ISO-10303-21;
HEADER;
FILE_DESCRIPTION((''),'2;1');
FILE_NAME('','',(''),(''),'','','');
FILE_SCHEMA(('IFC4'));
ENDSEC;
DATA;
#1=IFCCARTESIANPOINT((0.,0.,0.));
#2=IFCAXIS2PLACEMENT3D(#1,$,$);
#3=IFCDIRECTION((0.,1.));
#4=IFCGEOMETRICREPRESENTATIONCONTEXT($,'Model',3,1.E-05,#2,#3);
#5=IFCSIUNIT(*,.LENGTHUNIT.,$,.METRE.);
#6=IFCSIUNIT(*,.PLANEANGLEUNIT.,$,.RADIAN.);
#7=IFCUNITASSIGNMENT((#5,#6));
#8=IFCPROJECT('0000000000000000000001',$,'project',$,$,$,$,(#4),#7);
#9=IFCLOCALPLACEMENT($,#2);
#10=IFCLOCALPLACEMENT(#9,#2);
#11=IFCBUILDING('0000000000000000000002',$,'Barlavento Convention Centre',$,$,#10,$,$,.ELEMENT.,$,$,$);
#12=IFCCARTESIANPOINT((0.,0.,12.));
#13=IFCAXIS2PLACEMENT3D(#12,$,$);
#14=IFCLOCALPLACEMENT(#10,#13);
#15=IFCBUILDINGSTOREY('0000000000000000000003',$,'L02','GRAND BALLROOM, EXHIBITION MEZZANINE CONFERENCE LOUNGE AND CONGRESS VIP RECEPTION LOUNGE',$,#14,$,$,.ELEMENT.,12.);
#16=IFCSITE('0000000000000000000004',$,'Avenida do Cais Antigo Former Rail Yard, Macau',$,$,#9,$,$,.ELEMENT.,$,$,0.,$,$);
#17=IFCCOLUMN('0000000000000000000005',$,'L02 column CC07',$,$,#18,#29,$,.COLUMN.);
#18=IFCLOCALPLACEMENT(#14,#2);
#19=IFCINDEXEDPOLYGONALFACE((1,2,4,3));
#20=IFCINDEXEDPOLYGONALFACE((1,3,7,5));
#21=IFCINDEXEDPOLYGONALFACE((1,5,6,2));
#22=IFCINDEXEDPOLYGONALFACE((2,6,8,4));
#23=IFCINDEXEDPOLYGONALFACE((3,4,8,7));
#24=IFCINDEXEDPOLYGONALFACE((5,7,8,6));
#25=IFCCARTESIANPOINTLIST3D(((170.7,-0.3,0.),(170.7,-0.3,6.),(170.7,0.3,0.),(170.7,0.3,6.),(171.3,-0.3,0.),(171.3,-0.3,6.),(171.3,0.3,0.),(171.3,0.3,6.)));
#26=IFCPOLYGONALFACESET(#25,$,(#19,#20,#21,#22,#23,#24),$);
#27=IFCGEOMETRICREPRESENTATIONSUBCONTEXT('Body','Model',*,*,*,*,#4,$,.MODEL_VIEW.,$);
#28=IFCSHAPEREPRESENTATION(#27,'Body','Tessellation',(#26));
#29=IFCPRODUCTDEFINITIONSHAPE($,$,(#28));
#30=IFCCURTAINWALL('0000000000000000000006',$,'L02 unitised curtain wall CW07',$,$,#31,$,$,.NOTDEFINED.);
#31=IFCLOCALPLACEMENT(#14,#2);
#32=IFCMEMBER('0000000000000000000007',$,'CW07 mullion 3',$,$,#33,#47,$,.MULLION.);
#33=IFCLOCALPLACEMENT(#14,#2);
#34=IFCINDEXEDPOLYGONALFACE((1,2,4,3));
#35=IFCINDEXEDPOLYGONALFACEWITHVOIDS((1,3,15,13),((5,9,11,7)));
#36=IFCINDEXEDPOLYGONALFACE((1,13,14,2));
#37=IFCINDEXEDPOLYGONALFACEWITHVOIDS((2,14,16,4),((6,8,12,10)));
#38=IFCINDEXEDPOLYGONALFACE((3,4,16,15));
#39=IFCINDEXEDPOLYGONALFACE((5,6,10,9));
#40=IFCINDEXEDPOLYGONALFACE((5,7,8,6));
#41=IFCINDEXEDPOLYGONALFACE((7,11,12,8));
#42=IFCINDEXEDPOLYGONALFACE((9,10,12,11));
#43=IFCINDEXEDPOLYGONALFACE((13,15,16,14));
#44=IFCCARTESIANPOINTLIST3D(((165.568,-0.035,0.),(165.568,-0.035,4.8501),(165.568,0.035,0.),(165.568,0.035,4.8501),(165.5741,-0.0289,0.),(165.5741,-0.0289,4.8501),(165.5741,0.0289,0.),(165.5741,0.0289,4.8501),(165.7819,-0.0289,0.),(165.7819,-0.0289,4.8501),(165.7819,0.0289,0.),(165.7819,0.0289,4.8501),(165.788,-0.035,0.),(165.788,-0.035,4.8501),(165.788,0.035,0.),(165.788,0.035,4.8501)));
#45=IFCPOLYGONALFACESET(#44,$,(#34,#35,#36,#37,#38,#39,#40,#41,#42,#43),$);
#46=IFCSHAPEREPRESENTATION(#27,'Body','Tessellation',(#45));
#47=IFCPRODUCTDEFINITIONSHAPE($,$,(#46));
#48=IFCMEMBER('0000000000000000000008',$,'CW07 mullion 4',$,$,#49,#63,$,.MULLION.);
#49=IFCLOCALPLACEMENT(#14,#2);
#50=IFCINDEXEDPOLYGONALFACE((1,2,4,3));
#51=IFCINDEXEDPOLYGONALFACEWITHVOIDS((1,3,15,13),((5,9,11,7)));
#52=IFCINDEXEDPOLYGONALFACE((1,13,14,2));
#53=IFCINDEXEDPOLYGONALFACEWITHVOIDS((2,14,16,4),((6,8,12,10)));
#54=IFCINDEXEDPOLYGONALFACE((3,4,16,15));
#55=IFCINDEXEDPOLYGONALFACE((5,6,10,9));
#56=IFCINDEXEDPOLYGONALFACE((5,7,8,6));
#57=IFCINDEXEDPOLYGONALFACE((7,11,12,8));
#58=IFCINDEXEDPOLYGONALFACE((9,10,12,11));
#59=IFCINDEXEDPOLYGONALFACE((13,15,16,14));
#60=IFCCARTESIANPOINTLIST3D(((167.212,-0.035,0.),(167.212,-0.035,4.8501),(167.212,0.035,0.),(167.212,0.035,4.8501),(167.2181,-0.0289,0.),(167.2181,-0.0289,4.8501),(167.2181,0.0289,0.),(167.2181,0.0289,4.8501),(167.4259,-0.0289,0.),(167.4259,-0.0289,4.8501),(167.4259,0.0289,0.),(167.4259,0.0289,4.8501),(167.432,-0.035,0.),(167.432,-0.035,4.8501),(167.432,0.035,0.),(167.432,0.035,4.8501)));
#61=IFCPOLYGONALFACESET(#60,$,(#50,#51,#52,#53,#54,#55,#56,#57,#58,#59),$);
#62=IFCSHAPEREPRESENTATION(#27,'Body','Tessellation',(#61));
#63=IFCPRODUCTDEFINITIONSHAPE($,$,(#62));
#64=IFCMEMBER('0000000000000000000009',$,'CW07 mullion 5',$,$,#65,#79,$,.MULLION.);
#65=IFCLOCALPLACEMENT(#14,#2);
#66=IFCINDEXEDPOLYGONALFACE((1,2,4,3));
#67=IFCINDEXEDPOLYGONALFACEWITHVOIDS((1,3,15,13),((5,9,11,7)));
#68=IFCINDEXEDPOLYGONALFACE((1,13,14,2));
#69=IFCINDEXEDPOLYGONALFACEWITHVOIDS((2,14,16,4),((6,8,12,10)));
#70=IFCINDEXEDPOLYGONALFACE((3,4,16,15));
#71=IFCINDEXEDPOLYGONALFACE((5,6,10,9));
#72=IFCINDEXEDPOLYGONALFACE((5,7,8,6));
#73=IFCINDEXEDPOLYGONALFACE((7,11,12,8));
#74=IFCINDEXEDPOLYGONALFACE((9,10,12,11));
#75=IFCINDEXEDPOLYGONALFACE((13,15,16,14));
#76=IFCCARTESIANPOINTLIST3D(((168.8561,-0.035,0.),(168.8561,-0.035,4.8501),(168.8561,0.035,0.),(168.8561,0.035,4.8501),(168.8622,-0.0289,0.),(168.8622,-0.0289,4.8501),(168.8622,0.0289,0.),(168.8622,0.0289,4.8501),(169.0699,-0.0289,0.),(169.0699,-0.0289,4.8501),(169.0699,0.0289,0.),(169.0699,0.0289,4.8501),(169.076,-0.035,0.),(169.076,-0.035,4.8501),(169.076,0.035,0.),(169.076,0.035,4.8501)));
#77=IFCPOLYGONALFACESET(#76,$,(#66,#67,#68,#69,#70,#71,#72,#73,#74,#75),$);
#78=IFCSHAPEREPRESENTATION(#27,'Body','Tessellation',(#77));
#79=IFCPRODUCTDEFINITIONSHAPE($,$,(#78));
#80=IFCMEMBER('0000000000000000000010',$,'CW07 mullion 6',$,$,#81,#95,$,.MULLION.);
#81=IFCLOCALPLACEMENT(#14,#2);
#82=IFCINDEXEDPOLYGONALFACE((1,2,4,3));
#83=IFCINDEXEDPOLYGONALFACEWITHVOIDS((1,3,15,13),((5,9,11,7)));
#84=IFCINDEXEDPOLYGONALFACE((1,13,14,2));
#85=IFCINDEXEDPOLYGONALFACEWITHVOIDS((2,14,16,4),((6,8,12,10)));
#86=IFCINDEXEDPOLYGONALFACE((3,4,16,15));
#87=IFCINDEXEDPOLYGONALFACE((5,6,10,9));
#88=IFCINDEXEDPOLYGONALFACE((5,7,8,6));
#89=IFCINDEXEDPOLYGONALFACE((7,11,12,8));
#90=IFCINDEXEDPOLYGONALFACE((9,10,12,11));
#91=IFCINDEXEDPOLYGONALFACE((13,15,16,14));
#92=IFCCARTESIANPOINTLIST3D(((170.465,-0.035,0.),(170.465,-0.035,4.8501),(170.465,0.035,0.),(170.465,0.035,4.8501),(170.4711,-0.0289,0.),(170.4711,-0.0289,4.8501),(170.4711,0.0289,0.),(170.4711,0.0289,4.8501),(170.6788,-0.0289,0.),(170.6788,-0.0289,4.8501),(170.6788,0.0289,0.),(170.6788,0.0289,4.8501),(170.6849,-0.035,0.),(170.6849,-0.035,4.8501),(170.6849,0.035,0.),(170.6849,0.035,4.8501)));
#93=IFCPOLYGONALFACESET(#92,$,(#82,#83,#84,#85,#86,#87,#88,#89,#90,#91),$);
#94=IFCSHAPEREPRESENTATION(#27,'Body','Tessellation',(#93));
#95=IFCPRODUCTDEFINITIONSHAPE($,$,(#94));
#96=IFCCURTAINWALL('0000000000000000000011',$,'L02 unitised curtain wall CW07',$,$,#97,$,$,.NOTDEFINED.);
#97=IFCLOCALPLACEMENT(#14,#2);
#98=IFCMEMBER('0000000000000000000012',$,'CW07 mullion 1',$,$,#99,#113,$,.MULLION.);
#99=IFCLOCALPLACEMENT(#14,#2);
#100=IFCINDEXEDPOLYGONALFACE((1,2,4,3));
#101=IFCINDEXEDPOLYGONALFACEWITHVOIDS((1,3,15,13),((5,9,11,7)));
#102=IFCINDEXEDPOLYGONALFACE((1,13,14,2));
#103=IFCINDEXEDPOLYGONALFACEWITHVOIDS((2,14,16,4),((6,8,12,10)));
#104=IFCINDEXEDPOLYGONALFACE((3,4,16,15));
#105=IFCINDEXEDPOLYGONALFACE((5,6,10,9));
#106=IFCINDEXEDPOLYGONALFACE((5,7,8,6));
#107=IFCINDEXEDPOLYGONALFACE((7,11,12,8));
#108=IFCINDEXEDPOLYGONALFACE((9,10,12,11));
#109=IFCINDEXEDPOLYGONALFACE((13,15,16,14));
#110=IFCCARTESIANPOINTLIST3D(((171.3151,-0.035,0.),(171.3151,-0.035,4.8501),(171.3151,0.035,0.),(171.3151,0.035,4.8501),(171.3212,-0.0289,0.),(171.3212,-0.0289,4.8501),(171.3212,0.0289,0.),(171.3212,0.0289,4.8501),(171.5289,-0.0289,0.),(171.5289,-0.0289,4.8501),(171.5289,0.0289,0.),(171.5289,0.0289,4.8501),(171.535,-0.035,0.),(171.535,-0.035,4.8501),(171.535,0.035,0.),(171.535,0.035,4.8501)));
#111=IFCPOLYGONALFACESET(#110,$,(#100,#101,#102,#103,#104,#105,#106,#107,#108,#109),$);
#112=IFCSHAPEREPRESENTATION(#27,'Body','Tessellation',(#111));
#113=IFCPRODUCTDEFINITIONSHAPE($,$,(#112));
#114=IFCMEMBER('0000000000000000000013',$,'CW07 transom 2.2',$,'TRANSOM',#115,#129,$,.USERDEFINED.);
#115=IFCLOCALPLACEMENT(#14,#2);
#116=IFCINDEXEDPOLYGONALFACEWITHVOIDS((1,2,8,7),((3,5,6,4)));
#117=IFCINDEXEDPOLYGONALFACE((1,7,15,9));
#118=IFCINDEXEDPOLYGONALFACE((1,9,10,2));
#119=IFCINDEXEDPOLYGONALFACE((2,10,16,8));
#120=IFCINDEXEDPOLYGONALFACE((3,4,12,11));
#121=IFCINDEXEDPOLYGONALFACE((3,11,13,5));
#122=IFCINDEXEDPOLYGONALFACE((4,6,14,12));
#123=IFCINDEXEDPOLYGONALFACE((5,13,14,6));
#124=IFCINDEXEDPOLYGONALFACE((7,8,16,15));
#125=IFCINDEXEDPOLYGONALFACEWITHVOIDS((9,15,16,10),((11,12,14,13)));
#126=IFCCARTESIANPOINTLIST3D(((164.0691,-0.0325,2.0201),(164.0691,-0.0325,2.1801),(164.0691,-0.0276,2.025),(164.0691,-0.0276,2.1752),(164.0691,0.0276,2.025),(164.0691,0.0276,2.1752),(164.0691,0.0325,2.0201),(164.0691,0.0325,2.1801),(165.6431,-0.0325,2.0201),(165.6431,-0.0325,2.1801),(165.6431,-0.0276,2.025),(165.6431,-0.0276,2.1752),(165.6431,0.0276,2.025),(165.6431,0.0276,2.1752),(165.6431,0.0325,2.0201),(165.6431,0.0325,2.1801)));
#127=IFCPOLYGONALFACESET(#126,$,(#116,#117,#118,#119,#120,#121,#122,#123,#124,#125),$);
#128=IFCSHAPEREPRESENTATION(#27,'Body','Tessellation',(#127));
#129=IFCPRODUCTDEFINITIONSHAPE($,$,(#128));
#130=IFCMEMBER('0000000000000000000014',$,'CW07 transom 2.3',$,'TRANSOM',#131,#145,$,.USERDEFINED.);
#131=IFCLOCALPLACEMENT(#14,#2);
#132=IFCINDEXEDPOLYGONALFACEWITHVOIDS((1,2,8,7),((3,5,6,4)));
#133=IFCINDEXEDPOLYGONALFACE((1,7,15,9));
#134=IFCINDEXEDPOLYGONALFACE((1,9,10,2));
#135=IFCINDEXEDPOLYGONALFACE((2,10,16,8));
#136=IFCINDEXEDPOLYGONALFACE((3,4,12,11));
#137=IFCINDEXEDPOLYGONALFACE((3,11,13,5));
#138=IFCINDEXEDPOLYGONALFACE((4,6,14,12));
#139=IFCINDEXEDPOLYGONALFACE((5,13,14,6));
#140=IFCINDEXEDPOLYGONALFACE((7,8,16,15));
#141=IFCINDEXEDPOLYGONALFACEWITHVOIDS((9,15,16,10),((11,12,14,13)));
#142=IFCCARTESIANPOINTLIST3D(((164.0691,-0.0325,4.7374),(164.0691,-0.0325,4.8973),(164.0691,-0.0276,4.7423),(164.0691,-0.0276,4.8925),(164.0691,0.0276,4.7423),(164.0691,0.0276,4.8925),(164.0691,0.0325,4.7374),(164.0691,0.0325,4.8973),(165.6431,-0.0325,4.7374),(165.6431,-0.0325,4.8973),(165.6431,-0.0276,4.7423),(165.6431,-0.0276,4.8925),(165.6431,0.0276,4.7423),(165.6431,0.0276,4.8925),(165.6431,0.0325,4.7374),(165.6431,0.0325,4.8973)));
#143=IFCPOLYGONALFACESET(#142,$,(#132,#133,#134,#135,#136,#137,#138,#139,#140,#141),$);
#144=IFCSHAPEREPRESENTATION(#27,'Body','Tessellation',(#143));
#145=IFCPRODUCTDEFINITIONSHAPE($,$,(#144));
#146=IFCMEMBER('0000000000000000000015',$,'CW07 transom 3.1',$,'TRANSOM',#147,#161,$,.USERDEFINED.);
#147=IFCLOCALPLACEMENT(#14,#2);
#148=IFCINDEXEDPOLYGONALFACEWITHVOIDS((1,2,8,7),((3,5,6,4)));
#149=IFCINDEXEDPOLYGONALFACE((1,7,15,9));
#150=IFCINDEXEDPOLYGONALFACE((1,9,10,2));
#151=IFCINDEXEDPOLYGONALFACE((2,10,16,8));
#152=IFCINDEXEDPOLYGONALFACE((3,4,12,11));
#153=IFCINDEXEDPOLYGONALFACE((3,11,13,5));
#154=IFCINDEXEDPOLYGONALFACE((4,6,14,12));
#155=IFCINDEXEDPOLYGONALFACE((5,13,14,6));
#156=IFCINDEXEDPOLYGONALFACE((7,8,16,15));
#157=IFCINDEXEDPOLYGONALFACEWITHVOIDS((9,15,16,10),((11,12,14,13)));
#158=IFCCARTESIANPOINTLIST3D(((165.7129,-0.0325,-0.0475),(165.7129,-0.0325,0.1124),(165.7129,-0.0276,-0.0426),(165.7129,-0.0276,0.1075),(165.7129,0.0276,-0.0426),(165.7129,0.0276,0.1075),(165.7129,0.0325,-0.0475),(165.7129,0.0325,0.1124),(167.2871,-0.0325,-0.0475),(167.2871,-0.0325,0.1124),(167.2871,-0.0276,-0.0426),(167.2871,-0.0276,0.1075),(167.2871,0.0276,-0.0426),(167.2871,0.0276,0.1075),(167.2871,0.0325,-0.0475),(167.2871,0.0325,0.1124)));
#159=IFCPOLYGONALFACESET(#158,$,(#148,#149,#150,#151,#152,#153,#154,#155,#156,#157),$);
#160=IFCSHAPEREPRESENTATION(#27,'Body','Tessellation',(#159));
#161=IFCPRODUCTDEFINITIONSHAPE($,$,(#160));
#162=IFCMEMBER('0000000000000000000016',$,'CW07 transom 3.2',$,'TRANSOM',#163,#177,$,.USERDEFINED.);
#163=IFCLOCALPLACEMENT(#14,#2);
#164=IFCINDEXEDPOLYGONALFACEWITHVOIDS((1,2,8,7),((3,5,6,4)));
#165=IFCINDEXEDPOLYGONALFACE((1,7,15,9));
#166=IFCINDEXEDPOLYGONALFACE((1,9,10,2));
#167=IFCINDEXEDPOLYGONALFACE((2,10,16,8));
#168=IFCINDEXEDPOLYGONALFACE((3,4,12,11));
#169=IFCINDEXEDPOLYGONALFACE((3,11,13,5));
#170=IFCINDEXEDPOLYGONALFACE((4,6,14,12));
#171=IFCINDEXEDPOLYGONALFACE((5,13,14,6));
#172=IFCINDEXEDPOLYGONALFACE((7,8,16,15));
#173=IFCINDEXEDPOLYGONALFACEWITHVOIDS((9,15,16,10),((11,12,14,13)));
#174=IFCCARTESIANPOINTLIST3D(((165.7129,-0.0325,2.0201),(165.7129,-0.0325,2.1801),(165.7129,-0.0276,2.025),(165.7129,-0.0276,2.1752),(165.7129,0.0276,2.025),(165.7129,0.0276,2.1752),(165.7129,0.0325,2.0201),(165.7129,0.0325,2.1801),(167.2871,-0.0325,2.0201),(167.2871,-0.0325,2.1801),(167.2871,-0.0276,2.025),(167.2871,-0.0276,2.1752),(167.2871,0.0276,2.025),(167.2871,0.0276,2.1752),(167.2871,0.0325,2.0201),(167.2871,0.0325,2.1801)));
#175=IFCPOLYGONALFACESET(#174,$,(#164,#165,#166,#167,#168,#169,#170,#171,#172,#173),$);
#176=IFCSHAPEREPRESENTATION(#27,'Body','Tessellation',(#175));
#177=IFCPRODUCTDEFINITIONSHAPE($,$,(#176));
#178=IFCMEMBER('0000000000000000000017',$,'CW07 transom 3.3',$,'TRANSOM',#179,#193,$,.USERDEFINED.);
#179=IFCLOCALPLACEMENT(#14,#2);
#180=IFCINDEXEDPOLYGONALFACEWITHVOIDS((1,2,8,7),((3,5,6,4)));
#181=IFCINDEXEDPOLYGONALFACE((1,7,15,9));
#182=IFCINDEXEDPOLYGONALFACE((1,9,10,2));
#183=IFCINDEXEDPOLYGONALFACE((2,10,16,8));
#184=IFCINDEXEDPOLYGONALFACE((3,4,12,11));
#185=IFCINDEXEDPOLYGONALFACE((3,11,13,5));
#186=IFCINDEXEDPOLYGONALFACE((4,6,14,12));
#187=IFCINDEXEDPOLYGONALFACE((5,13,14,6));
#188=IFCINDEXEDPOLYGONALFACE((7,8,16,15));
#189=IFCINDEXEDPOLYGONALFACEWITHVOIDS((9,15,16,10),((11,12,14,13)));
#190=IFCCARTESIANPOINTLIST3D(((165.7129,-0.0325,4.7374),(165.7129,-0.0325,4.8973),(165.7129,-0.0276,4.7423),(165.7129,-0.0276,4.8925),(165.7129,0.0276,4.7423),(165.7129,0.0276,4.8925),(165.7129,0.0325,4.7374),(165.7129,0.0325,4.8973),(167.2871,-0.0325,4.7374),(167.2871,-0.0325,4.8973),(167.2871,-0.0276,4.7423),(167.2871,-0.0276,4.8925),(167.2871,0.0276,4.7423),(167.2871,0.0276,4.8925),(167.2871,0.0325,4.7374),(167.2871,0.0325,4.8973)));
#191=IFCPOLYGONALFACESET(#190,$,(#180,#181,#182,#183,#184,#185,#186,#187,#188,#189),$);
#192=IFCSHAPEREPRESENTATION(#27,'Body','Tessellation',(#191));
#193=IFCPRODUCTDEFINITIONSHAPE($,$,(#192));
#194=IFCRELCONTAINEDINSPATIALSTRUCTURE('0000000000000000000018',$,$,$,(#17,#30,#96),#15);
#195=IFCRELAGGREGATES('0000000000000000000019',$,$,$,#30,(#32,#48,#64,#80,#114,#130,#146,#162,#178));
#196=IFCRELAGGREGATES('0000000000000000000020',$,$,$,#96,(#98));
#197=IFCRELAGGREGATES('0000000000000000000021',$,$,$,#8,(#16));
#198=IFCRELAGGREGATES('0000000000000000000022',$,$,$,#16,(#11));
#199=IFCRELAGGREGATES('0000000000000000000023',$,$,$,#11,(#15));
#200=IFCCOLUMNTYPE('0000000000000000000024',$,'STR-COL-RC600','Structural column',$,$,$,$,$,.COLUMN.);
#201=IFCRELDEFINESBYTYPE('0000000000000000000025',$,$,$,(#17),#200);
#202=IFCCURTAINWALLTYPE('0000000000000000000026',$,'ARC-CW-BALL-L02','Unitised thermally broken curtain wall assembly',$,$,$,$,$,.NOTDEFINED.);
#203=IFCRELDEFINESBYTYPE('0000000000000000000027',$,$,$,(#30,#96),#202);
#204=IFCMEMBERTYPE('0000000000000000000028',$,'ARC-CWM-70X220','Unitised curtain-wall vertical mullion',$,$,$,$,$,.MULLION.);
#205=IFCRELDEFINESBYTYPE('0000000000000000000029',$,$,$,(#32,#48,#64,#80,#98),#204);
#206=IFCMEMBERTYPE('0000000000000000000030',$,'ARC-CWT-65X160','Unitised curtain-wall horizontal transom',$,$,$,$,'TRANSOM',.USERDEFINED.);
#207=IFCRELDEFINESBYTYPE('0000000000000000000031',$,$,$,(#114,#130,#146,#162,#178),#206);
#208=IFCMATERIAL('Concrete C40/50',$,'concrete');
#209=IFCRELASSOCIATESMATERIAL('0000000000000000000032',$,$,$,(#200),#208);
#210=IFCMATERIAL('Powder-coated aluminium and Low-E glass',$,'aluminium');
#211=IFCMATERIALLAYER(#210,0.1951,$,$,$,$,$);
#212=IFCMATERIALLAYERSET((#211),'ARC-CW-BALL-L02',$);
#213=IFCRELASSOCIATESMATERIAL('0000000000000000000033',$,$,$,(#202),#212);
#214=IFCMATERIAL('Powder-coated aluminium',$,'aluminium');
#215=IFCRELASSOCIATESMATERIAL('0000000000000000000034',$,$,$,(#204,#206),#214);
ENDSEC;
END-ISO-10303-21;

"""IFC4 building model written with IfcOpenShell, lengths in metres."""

from ifc_helpers import new_model, si_unit, direction, frame, origin, origin_2d, place, context, subcontext, project, spatial, rectangle, hollow_rectangle, extrude, material, layer, layer_set, material_profile, profile_set, type_object, element, aggregate, save


model = new_model("IFC4")

# Units and contexts
model_context = context("Model", 3, precision=1e-05, world=origin(), true_north=direction((0.0, 1.0)))
body_context = subcontext(model_context, "Body", "Model", "MODEL_VIEW")
ifc_project = project(units=[si_unit("LENGTHUNIT", "METRE"), si_unit("PLANEANGLEUNIT", "RADIAN")], contexts=[model_context])

# Site, building, storey
site_placement = place(None, origin())
site = spatial("IfcSite", under=ifc_project, at=site_placement, Name="Avenida do Cais Antigo Former Rail Yard, Macau", CompositionType="ELEMENT", RefElevation=0.0)
building_placement = place(site_placement, origin())
building = spatial("IfcBuilding", under=site, at=building_placement, Name="Barlavento Convention Centre", CompositionType="ELEMENT")
storey_placement = place(building_placement, frame((0.0, 0.0, 12.0)))
storey = spatial("IfcBuildingStorey", under=building, at=storey_placement, Name="L02", Description="GRAND BALLROOM, EXHIBITION MEZZANINE CONFERENCE LOUNGE AND CONGRESS VIP RECEPTION LOUNGE", CompositionType="ELEMENT", Elevation=12.0)

# Column
ifc_material_1 = material(Name="Concrete C40/50", Category="concrete")
ifc_material_profile_1 = material_profile(ifc_material_1, rectangle(XDim=0.6001, YDim=0.6001, at=origin_2d()), Name="RC 600x600")
ifc_profile_set_1 = profile_set([ifc_material_profile_1], Name="Concrete C40/50")
column_type = type_object("IfcColumnType", Name="STR-COL-RC600", Description="Structural column", PredefinedType="COLUMN", material=ifc_profile_set_1)
column_placement = place(storey_placement, frame((171.0, 0.0, 0.0), z_axis=(0.0, 0.0, 1.0), x_axis=(1.0, 0.0, 0.0)))
element("IfcColumn", 1, at=column_placement, inside=storey, type_object=column_type, Name="L02 column CC07", PredefinedType="COLUMN", context=body_context, shape_type="SweptSolid", body=[
    extrude(rectangle(XDim=0.6001, YDim=0.6001, at=origin_2d()), origin(), (0.0, 0.0, 1.0), 6.0),
])

# Curtain wall, members
ifc_material_2 = material(Name="Powder-coated aluminium and Low-E glass", Category="aluminium")
ifc_layer_1 = layer(ifc_material_2, 0.1951)
ifc_layer_set_1 = layer_set([ifc_layer_1], Name="ARC-CW-BALL-L02")
curtain_wall_type = type_object("IfcCurtainWallType", Name="ARC-CW-BALL-L02", Description="Unitised thermally broken curtain wall assembly", PredefinedType="NOTDEFINED", material=ifc_layer_set_1)
curtain_wall_1_placement = place(storey_placement, origin())
curtain_wall_1 = element("IfcCurtainWall", 2, at=curtain_wall_1_placement, inside=storey, type_object=curtain_wall_type, Name="L02 unitised curtain wall CW07", PredefinedType="NOTDEFINED")
ifc_material_3 = material(Name="Powder-coated aluminium", Category="aluminium")
ifc_material_profile_2 = material_profile(ifc_material_3, hollow_rectangle(XDim=0.0701, YDim=0.22, WallThickness=0.0061, at=origin_2d()), Name="AL-MULL 70x220x6")
ifc_profile_set_2 = profile_set([ifc_material_profile_2], Name="Powder-coated aluminium")
member_type_1 = type_object("IfcMemberType", Name="ARC-CWM-70X220", Description="Unitised curtain-wall vertical mullion", PredefinedType="MULLION", material=ifc_profile_set_2)
member_1_placement = place(storey_placement, frame((165.678, 0.0, 0.0), z_axis=(0.0, 0.0, 1.0), x_axis=(0.0, 1.0, 0.0)))
member_1 = element("IfcMember", 3, at=member_1_placement, type_object=member_type_1, Name="CW07 mullion 3", PredefinedType="MULLION", context=body_context, shape_type="SweptSolid", body=[
    extrude(hollow_rectangle(XDim=0.0701, YDim=0.22, WallThickness=0.0061, at=origin_2d()), origin(), (0.0, 0.0, 1.0), 4.8501),
])
member_2_placement = place(storey_placement, frame((167.322, 0.0, 0.0), z_axis=(0.0, 0.0, 1.0), x_axis=(0.0, 1.0, 0.0)))
member_2 = element("IfcMember", 4, at=member_2_placement, type_object=member_type_1, Name="CW07 mullion 4", PredefinedType="MULLION", context=body_context, shape_type="SweptSolid", body=[
    extrude(hollow_rectangle(XDim=0.0701, YDim=0.22, WallThickness=0.0061, at=origin_2d()), origin(), (0.0, 0.0, 1.0), 4.8501),
])
member_3_placement = place(storey_placement, frame((168.9661, 0.0, 0.0), z_axis=(0.0, 0.0, 1.0), x_axis=(0.0, 1.0, 0.0)))
member_3 = element("IfcMember", 5, at=member_3_placement, type_object=member_type_1, Name="CW07 mullion 5", PredefinedType="MULLION", context=body_context, shape_type="SweptSolid", body=[
    extrude(hollow_rectangle(XDim=0.0701, YDim=0.22, WallThickness=0.0061, at=origin_2d()), origin(), (0.0, 0.0, 1.0), 4.8501),
])
member_4_placement = place(storey_placement, frame((170.575, 0.0, 0.0), z_axis=(0.0, 0.0, 1.0), x_axis=(0.0, 1.0, 0.0)))
member_4 = element("IfcMember", 6, at=member_4_placement, type_object=member_type_1, Name="CW07 mullion 6", PredefinedType="MULLION", context=body_context, shape_type="SweptSolid", body=[
    extrude(hollow_rectangle(XDim=0.0701, YDim=0.22, WallThickness=0.0061, at=origin_2d()), origin(), (0.0, 0.0, 1.0), 4.8501),
])

# Curtain wall, member
curtain_wall_2_placement = place(storey_placement, origin())
curtain_wall_2 = element("IfcCurtainWall", 7, at=curtain_wall_2_placement, inside=storey, type_object=curtain_wall_type, Name="L02 unitised curtain wall CW07", PredefinedType="NOTDEFINED")
member_5_placement = place(storey_placement, frame((171.425, 0.0, 0.0), z_axis=(0.0, 0.0, 1.0), x_axis=(0.0, 1.0, 0.0)))
member_5 = element("IfcMember", 8, at=member_5_placement, type_object=member_type_1, Name="CW07 mullion 1", PredefinedType="MULLION", context=body_context, shape_type="SweptSolid", body=[
    extrude(hollow_rectangle(XDim=0.0701, YDim=0.22, WallThickness=0.0061, at=origin_2d()), origin(), (0.0, 0.0, 1.0), 4.8501),
])

# Members
ifc_material_profile_3 = material_profile(ifc_material_3, hollow_rectangle(XDim=0.0649, YDim=0.1599, WallThickness=0.0049, at=origin_2d()), Name="AL-TRAN 65x160x5")
ifc_profile_set_3 = profile_set([ifc_material_profile_3], Name="Powder-coated aluminium")
member_type_2 = type_object("IfcMemberType", Name="ARC-CWT-65X160", Description="Unitised curtain-wall horizontal transom", ElementType="TRANSOM", PredefinedType="USERDEFINED", material=ifc_profile_set_3)
member_6_placement = place(storey_placement, frame((164.0691, 0.0, 2.1001), z_axis=(1.0, 0.0, 0.0), x_axis=(0.0, 1.0, 0.0)))
member_6 = element("IfcMember", 9, at=member_6_placement, type_object=member_type_2, Name="CW07 transom 2.2", ObjectType="TRANSOM", PredefinedType="USERDEFINED", context=body_context, shape_type="SweptSolid", body=[
    extrude(hollow_rectangle(XDim=0.0649, YDim=0.1599, WallThickness=0.0049, at=origin_2d()), origin(), (0.0, 0.0, 1.0), 1.574),
])
member_7_placement = place(storey_placement, frame((164.0691, 0.0, 4.8174), z_axis=(1.0, 0.0, 0.0), x_axis=(0.0, 1.0, 0.0)))
member_7 = element("IfcMember", 10, at=member_7_placement, type_object=member_type_2, Name="CW07 transom 2.3", ObjectType="TRANSOM", PredefinedType="USERDEFINED", context=body_context, shape_type="SweptSolid", body=[
    extrude(hollow_rectangle(XDim=0.0649, YDim=0.1599, WallThickness=0.0049, at=origin_2d()), origin(), (0.0, 0.0, 1.0), 1.574),
])
member_8_placement = place(storey_placement, frame((165.7129, 0.0, 0.0325), z_axis=(1.0, 0.0, 0.0), x_axis=(0.0, 1.0, 0.0)))
member_8 = element("IfcMember", 11, at=member_8_placement, type_object=member_type_2, Name="CW07 transom 3.1", ObjectType="TRANSOM", PredefinedType="USERDEFINED", context=body_context, shape_type="SweptSolid", body=[
    extrude(hollow_rectangle(XDim=0.0649, YDim=0.1599, WallThickness=0.0049, at=origin_2d()), origin(), (0.0, 0.0, 1.0), 1.5742),
])
member_9_placement = place(storey_placement, frame((165.7129, 0.0, 2.1001), z_axis=(1.0, 0.0, 0.0), x_axis=(0.0, 1.0, 0.0)))
member_9 = element("IfcMember", 12, at=member_9_placement, type_object=member_type_2, Name="CW07 transom 3.2", ObjectType="TRANSOM", PredefinedType="USERDEFINED", context=body_context, shape_type="SweptSolid", body=[
    extrude(hollow_rectangle(XDim=0.0649, YDim=0.1599, WallThickness=0.0049, at=origin_2d()), origin(), (0.0, 0.0, 1.0), 1.5742),
])
member_10_placement = place(storey_placement, frame((165.7129, 0.0, 4.8174), z_axis=(1.0, 0.0, 0.0), x_axis=(0.0, 1.0, 0.0)))
member_10 = element("IfcMember", 13, at=member_10_placement, type_object=member_type_2, Name="CW07 transom 3.3", ObjectType="TRANSOM", PredefinedType="USERDEFINED", context=body_context, shape_type="SweptSolid", body=[
    extrude(hollow_rectangle(XDim=0.0649, YDim=0.1599, WallThickness=0.0049, at=origin_2d()), origin(), (0.0, 0.0, 1.0), 1.5742),
])

aggregate(curtain_wall_1, [member_1, member_2, member_3, member_4, member_6, member_7, member_8, member_9, member_10])
aggregate(curtain_wall_2, [member_5])

save(model, "model.ifc")
